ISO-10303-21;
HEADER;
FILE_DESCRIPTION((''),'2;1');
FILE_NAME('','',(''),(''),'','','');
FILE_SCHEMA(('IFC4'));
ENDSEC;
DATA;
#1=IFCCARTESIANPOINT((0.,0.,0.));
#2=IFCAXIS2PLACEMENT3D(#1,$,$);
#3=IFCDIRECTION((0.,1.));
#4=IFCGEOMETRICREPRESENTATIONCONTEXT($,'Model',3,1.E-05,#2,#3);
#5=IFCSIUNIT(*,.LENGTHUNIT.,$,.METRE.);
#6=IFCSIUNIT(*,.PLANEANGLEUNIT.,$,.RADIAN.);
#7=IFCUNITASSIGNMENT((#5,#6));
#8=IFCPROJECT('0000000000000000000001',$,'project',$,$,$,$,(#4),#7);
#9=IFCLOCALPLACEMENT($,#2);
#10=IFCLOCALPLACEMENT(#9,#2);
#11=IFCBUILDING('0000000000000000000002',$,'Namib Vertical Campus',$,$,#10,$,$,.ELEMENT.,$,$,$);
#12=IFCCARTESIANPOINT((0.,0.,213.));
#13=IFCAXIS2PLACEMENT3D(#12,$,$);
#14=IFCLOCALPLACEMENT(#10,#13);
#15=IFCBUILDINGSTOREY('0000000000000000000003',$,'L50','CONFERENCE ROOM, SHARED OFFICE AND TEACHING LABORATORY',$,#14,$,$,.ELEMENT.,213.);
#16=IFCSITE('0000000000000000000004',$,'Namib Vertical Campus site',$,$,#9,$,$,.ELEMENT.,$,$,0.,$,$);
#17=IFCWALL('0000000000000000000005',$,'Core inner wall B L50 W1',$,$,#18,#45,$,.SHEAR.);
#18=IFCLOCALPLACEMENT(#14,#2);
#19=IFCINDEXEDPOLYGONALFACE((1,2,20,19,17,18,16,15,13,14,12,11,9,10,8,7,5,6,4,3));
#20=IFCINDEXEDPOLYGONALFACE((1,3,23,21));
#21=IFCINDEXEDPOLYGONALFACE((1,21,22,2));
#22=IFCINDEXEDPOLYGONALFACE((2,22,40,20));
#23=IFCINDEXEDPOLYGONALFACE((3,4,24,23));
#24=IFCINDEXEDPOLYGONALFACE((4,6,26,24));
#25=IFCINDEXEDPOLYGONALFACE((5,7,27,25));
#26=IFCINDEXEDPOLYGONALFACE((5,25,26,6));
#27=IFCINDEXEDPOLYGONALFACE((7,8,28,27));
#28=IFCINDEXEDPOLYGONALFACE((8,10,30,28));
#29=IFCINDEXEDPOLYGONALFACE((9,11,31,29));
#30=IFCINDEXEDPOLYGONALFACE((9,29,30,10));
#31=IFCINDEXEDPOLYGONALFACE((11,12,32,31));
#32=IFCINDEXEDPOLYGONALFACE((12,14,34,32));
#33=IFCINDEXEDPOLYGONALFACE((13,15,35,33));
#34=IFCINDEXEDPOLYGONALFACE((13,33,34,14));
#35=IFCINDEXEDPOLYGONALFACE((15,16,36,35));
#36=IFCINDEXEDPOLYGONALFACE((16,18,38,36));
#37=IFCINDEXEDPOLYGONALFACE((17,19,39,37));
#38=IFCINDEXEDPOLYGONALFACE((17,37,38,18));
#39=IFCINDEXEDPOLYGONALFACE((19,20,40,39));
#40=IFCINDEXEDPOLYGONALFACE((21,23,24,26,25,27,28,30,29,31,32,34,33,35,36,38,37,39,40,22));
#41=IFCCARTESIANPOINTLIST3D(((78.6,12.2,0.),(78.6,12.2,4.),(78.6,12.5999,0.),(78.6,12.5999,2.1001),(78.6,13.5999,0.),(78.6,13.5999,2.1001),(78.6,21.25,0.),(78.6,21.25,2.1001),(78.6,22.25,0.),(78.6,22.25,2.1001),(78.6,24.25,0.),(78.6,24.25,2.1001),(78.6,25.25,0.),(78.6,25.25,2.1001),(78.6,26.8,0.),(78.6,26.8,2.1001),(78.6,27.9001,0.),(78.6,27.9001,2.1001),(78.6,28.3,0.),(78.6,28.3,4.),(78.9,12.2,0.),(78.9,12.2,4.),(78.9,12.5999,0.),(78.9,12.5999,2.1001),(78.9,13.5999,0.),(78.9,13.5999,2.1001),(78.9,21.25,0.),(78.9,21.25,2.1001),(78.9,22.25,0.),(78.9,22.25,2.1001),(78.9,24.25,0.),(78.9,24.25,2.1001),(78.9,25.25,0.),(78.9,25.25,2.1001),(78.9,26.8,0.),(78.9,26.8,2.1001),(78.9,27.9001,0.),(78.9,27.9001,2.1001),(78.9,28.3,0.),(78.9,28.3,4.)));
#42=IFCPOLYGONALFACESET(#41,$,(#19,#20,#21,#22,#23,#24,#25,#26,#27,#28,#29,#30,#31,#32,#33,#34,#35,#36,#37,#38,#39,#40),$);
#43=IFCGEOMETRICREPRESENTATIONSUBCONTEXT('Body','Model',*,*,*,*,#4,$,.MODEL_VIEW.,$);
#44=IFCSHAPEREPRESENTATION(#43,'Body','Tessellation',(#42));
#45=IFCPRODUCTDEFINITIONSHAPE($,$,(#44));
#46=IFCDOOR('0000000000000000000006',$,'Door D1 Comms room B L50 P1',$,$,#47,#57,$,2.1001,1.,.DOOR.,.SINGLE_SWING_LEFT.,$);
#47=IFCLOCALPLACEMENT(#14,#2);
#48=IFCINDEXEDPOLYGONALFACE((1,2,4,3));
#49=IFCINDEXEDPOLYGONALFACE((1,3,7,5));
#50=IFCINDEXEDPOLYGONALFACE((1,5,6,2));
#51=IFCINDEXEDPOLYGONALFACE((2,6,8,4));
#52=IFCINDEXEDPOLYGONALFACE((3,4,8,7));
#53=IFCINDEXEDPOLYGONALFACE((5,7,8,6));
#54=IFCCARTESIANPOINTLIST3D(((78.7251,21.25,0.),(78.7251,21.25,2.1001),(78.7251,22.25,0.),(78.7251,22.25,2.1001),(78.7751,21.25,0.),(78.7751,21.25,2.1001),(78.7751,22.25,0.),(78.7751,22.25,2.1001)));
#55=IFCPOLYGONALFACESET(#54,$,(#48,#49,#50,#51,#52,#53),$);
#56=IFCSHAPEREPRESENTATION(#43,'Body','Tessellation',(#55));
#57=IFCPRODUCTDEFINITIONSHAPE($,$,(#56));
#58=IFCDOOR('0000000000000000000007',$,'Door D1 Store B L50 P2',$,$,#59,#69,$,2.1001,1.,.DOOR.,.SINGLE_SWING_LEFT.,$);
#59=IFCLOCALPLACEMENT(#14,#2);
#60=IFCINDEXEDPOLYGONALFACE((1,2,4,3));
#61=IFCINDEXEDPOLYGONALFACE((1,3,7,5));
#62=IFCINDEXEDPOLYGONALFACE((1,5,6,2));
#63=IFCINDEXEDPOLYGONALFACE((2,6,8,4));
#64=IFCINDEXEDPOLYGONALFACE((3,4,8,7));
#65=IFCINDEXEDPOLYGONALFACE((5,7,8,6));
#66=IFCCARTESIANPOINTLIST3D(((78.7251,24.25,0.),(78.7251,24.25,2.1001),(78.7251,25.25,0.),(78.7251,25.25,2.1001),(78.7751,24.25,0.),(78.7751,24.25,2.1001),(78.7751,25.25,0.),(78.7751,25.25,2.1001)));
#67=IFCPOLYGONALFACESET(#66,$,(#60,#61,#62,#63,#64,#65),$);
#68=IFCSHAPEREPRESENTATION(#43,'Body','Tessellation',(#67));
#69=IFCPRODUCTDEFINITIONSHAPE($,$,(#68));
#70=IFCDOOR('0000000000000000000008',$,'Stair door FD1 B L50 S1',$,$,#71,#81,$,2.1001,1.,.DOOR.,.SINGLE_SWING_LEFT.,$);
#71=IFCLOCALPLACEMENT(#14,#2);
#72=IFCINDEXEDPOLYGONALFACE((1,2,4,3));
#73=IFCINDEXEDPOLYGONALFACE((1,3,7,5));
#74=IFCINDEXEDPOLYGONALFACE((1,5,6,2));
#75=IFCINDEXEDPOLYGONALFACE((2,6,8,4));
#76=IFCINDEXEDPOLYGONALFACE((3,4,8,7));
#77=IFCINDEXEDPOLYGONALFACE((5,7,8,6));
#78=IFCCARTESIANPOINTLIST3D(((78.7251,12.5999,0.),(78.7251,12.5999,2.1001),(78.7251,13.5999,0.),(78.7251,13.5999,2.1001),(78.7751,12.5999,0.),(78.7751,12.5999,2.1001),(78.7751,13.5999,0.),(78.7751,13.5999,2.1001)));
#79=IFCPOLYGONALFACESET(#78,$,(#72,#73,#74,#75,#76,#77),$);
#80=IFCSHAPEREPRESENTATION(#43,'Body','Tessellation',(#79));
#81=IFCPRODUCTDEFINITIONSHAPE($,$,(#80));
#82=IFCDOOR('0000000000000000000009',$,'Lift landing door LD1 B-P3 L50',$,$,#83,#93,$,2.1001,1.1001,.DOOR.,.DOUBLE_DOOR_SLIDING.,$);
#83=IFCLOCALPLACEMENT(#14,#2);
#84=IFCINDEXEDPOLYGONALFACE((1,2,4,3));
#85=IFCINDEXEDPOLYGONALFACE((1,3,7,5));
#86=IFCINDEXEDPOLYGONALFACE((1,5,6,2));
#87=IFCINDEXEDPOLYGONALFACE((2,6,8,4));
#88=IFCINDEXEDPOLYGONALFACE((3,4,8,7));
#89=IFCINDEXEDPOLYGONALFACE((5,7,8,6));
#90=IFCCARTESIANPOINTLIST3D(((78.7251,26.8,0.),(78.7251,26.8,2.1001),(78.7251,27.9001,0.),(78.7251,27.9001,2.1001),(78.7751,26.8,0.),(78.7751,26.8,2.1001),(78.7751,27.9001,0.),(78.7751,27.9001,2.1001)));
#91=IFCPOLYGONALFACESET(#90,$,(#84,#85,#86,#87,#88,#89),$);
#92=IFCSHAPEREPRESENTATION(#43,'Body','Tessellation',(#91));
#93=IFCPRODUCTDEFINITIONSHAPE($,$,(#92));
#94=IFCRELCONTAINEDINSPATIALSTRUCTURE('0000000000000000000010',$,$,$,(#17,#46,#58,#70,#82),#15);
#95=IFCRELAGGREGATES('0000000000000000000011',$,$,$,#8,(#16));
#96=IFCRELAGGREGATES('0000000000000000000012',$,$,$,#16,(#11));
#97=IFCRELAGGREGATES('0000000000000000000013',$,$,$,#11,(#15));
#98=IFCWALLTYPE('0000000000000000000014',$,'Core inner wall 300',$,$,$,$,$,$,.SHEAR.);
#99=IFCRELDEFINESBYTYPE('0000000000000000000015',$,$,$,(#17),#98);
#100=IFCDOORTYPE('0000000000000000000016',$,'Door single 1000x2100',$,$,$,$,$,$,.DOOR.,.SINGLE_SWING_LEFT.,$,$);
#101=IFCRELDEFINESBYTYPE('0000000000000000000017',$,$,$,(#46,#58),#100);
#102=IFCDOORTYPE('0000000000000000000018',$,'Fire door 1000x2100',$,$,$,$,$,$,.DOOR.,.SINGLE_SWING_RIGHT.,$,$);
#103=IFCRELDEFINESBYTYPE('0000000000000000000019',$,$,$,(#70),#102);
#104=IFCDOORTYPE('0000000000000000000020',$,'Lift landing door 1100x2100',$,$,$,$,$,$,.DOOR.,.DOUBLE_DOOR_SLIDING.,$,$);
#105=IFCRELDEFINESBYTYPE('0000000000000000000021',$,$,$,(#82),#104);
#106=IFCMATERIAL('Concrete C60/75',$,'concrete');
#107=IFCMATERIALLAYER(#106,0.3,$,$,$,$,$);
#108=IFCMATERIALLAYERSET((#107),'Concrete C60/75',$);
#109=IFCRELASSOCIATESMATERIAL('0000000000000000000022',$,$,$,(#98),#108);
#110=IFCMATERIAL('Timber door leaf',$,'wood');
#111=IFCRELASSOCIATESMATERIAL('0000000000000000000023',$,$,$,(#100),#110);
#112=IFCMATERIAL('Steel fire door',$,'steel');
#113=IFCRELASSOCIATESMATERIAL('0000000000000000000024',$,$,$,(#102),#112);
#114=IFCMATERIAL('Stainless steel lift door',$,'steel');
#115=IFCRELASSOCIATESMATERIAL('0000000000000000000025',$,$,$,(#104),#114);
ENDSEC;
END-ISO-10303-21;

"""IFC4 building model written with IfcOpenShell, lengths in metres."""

from ifc_helpers import new_model, si_unit, direction, frame, frame_2d, origin, place, context, subcontext, project, spatial, rectangle, extrude, material, layer, layer_set, type_object, element, fill, save


model = new_model("IFC4")

# Units and contexts
model_context = context("Model", 3, precision=1e-05, world=origin(), true_north=direction((0.0, 1.0)))
body_context = subcontext(model_context, "Body", "Model", "MODEL_VIEW")
ifc_project = project(units=[si_unit("LENGTHUNIT", "METRE"), si_unit("PLANEANGLEUNIT", "RADIAN")], contexts=[model_context])

# Site, building, storey
site_placement = place(None, origin())
site = spatial("IfcSite", under=ifc_project, at=site_placement, Name="Namib Vertical Campus site", CompositionType="ELEMENT", RefElevation=0.0)
building_placement = place(site_placement, origin())
building = spatial("IfcBuilding", under=site, at=building_placement, Name="Namib Vertical Campus", CompositionType="ELEMENT")
storey_placement = place(building_placement, frame((0.0, 0.0, 213.0)))
storey = spatial("IfcBuildingStorey", under=building, at=storey_placement, Name="L50", Description="CONFERENCE ROOM, SHARED OFFICE AND TEACHING LABORATORY", CompositionType="ELEMENT", Elevation=213.0)

# Wall, openings, doors
ifc_material_1 = material(Name="Concrete C60/75", Category="concrete")
ifc_layer_1 = layer(ifc_material_1, 0.3)
ifc_layer_set_1 = layer_set([ifc_layer_1], Name="Concrete C60/75")
wall_type_1 = type_object("IfcWallType", Name="Core inner wall 300", PredefinedType="SHEAR", material=ifc_layer_set_1)
wall_1_placement = place(storey_placement, frame((78.75, 12.2, 0.0), z_axis=(0.0, 0.0, 1.0), x_axis=(0.0, 1.0, 0.0)))
wall_1 = element("IfcWall", 1, at=wall_1_placement, inside=storey, type_object=wall_type_1, Name="Core inner wall B L50 W1", PredefinedType="SHEAR", context=body_context, shape_type="SweptSolid", body=[
    extrude(rectangle(XDim=16.1001, YDim=0.3, at=frame_2d((8.05, 0.0))), origin(), (0.0, 0.0, 1.0), 4.0),
])
opening_1_placement = place(wall_1_placement, frame((0.3999, 0.0, 0.0)))
opening_1 = element("IfcOpeningElement", 2, at=opening_1_placement, cuts=wall_1, PredefinedType="OPENING", context=body_context, shape_type="SweptSolid", body=[
    extrude(rectangle(XDim=1.0, YDim=2.1001, at=frame_2d((0.5, 1.05))), frame((0.0, 0.1599, 0.0), z_axis=(0.0, -1.0, 0.0), x_axis=(1.0, 0.0, 0.0)), (0.0, 0.0, 1.0), 0.3201),
])
opening_2_placement = place(wall_1_placement, frame((14.6001, 0.0, 0.0)))
opening_2 = element("IfcOpeningElement", 3, at=opening_2_placement, cuts=wall_1, PredefinedType="OPENING", context=body_context, shape_type="SweptSolid", body=[
    extrude(rectangle(XDim=1.1001, YDim=2.1001, at=frame_2d((0.55, 1.05))), frame((0.0, 0.1599, 0.0), z_axis=(0.0, -1.0, 0.0), x_axis=(1.0, 0.0, 0.0)), (0.0, 0.0, 1.0), 0.3201),
])
opening_3_placement = place(wall_1_placement, frame((9.05, 0.0, 0.0)))
opening_3 = element("IfcOpeningElement", 4, at=opening_3_placement, cuts=wall_1, PredefinedType="OPENING", context=body_context, shape_type="SweptSolid", body=[
    extrude(rectangle(XDim=1.0, YDim=2.1001, at=frame_2d((0.5, 1.05))), frame((0.0, 0.1599, 0.0), z_axis=(0.0, -1.0, 0.0), x_axis=(1.0, 0.0, 0.0)), (0.0, 0.0, 1.0), 0.3201),
])
opening_4_placement = place(wall_1_placement, frame((12.05, 0.0, 0.0)))
opening_4 = element("IfcOpeningElement", 5, at=opening_4_placement, cuts=wall_1, PredefinedType="OPENING", context=body_context, shape_type="SweptSolid", body=[
    extrude(rectangle(XDim=1.0, YDim=2.1001, at=frame_2d((0.5, 1.05))), frame((0.0, 0.1599, 0.0), z_axis=(0.0, -1.0, 0.0), x_axis=(1.0, 0.0, 0.0)), (0.0, 0.0, 1.0), 0.3201),
])
ifc_material_2 = material(Name="Timber door leaf", Category="wood")
door_type_1 = type_object("IfcDoorType", Name="Door single 1000x2100", OperationType="SINGLE_SWING_LEFT", PredefinedType="DOOR", material=ifc_material_2)
door_1_placement = place(opening_3_placement, origin())
door_1 = element("IfcDoor", 6, at=door_1_placement, inside=storey, type_object=door_type_1, Name="Door D1 Comms room B L50 P1", OperationType="SINGLE_SWING_LEFT", OverallHeight=2.1001, OverallWidth=1.0, PredefinedType="DOOR", context=body_context, shape_type="SweptSolid", body=[
    extrude(rectangle(XDim=1.0, YDim=2.1001, at=frame_2d((0.5, 1.05))), frame((0.0, 0.0249, 0.0), z_axis=(0.0, -1.0, 0.0), x_axis=(1.0, 0.0, 0.0)), (0.0, 0.0, 1.0), 0.05),
])
fill(opening_3, door_1)
door_2_placement = place(opening_4_placement, origin())
door_2 = element("IfcDoor", 7, at=door_2_placement, inside=storey, type_object=door_type_1, Name="Door D1 Store B L50 P2", OperationType="SINGLE_SWING_LEFT", OverallHeight=2.1001, OverallWidth=1.0, PredefinedType="DOOR", context=body_context, shape_type="SweptSolid", body=[
    extrude(rectangle(XDim=1.0, YDim=2.1001, at=frame_2d((0.5, 1.05))), frame((0.0, 0.0249, 0.0), z_axis=(0.0, -1.0, 0.0), x_axis=(1.0, 0.0, 0.0)), (0.0, 0.0, 1.0), 0.05),
])
fill(opening_4, door_2)
ifc_material_3 = material(Name="Steel fire door", Category="steel")
door_type_2 = type_object("IfcDoorType", Name="Fire door 1000x2100", OperationType="SINGLE_SWING_RIGHT", PredefinedType="DOOR", material=ifc_material_3)
door_3_placement = place(opening_1_placement, origin())
door_3 = element("IfcDoor", 8, at=door_3_placement, inside=storey, type_object=door_type_2, Name="Stair door FD1 B L50 S1", OperationType="SINGLE_SWING_LEFT", OverallHeight=2.1001, OverallWidth=1.0, PredefinedType="DOOR", context=body_context, shape_type="SweptSolid", body=[
    extrude(rectangle(XDim=1.0, YDim=2.1001, at=frame_2d((0.5, 1.05))), frame((0.0, 0.0249, 0.0), z_axis=(0.0, -1.0, 0.0), x_axis=(1.0, 0.0, 0.0)), (0.0, 0.0, 1.0), 0.05),
])
fill(opening_1, door_3)
ifc_material_4 = material(Name="Stainless steel lift door", Category="steel")
door_type_3 = type_object("IfcDoorType", Name="Lift landing door 1100x2100", OperationType="DOUBLE_DOOR_SLIDING", PredefinedType="DOOR", material=ifc_material_4)
door_4_placement = place(opening_2_placement, origin())
door_4 = element("IfcDoor", 9, at=door_4_placement, inside=storey, type_object=door_type_3, Name="Lift landing door LD1 B-P3 L50", OperationType="DOUBLE_DOOR_SLIDING", OverallHeight=2.1001, OverallWidth=1.1001, PredefinedType="DOOR", context=body_context, shape_type="SweptSolid", body=[
    extrude(rectangle(XDim=1.1001, YDim=2.1001, at=frame_2d((0.55, 1.05))), frame((0.0, 0.0249, 0.0), z_axis=(0.0, -1.0, 0.0), x_axis=(1.0, 0.0, 0.0)), (0.0, 0.0, 1.0), 0.05),
])
fill(opening_2, door_4)

save(model, "model.ifc")
